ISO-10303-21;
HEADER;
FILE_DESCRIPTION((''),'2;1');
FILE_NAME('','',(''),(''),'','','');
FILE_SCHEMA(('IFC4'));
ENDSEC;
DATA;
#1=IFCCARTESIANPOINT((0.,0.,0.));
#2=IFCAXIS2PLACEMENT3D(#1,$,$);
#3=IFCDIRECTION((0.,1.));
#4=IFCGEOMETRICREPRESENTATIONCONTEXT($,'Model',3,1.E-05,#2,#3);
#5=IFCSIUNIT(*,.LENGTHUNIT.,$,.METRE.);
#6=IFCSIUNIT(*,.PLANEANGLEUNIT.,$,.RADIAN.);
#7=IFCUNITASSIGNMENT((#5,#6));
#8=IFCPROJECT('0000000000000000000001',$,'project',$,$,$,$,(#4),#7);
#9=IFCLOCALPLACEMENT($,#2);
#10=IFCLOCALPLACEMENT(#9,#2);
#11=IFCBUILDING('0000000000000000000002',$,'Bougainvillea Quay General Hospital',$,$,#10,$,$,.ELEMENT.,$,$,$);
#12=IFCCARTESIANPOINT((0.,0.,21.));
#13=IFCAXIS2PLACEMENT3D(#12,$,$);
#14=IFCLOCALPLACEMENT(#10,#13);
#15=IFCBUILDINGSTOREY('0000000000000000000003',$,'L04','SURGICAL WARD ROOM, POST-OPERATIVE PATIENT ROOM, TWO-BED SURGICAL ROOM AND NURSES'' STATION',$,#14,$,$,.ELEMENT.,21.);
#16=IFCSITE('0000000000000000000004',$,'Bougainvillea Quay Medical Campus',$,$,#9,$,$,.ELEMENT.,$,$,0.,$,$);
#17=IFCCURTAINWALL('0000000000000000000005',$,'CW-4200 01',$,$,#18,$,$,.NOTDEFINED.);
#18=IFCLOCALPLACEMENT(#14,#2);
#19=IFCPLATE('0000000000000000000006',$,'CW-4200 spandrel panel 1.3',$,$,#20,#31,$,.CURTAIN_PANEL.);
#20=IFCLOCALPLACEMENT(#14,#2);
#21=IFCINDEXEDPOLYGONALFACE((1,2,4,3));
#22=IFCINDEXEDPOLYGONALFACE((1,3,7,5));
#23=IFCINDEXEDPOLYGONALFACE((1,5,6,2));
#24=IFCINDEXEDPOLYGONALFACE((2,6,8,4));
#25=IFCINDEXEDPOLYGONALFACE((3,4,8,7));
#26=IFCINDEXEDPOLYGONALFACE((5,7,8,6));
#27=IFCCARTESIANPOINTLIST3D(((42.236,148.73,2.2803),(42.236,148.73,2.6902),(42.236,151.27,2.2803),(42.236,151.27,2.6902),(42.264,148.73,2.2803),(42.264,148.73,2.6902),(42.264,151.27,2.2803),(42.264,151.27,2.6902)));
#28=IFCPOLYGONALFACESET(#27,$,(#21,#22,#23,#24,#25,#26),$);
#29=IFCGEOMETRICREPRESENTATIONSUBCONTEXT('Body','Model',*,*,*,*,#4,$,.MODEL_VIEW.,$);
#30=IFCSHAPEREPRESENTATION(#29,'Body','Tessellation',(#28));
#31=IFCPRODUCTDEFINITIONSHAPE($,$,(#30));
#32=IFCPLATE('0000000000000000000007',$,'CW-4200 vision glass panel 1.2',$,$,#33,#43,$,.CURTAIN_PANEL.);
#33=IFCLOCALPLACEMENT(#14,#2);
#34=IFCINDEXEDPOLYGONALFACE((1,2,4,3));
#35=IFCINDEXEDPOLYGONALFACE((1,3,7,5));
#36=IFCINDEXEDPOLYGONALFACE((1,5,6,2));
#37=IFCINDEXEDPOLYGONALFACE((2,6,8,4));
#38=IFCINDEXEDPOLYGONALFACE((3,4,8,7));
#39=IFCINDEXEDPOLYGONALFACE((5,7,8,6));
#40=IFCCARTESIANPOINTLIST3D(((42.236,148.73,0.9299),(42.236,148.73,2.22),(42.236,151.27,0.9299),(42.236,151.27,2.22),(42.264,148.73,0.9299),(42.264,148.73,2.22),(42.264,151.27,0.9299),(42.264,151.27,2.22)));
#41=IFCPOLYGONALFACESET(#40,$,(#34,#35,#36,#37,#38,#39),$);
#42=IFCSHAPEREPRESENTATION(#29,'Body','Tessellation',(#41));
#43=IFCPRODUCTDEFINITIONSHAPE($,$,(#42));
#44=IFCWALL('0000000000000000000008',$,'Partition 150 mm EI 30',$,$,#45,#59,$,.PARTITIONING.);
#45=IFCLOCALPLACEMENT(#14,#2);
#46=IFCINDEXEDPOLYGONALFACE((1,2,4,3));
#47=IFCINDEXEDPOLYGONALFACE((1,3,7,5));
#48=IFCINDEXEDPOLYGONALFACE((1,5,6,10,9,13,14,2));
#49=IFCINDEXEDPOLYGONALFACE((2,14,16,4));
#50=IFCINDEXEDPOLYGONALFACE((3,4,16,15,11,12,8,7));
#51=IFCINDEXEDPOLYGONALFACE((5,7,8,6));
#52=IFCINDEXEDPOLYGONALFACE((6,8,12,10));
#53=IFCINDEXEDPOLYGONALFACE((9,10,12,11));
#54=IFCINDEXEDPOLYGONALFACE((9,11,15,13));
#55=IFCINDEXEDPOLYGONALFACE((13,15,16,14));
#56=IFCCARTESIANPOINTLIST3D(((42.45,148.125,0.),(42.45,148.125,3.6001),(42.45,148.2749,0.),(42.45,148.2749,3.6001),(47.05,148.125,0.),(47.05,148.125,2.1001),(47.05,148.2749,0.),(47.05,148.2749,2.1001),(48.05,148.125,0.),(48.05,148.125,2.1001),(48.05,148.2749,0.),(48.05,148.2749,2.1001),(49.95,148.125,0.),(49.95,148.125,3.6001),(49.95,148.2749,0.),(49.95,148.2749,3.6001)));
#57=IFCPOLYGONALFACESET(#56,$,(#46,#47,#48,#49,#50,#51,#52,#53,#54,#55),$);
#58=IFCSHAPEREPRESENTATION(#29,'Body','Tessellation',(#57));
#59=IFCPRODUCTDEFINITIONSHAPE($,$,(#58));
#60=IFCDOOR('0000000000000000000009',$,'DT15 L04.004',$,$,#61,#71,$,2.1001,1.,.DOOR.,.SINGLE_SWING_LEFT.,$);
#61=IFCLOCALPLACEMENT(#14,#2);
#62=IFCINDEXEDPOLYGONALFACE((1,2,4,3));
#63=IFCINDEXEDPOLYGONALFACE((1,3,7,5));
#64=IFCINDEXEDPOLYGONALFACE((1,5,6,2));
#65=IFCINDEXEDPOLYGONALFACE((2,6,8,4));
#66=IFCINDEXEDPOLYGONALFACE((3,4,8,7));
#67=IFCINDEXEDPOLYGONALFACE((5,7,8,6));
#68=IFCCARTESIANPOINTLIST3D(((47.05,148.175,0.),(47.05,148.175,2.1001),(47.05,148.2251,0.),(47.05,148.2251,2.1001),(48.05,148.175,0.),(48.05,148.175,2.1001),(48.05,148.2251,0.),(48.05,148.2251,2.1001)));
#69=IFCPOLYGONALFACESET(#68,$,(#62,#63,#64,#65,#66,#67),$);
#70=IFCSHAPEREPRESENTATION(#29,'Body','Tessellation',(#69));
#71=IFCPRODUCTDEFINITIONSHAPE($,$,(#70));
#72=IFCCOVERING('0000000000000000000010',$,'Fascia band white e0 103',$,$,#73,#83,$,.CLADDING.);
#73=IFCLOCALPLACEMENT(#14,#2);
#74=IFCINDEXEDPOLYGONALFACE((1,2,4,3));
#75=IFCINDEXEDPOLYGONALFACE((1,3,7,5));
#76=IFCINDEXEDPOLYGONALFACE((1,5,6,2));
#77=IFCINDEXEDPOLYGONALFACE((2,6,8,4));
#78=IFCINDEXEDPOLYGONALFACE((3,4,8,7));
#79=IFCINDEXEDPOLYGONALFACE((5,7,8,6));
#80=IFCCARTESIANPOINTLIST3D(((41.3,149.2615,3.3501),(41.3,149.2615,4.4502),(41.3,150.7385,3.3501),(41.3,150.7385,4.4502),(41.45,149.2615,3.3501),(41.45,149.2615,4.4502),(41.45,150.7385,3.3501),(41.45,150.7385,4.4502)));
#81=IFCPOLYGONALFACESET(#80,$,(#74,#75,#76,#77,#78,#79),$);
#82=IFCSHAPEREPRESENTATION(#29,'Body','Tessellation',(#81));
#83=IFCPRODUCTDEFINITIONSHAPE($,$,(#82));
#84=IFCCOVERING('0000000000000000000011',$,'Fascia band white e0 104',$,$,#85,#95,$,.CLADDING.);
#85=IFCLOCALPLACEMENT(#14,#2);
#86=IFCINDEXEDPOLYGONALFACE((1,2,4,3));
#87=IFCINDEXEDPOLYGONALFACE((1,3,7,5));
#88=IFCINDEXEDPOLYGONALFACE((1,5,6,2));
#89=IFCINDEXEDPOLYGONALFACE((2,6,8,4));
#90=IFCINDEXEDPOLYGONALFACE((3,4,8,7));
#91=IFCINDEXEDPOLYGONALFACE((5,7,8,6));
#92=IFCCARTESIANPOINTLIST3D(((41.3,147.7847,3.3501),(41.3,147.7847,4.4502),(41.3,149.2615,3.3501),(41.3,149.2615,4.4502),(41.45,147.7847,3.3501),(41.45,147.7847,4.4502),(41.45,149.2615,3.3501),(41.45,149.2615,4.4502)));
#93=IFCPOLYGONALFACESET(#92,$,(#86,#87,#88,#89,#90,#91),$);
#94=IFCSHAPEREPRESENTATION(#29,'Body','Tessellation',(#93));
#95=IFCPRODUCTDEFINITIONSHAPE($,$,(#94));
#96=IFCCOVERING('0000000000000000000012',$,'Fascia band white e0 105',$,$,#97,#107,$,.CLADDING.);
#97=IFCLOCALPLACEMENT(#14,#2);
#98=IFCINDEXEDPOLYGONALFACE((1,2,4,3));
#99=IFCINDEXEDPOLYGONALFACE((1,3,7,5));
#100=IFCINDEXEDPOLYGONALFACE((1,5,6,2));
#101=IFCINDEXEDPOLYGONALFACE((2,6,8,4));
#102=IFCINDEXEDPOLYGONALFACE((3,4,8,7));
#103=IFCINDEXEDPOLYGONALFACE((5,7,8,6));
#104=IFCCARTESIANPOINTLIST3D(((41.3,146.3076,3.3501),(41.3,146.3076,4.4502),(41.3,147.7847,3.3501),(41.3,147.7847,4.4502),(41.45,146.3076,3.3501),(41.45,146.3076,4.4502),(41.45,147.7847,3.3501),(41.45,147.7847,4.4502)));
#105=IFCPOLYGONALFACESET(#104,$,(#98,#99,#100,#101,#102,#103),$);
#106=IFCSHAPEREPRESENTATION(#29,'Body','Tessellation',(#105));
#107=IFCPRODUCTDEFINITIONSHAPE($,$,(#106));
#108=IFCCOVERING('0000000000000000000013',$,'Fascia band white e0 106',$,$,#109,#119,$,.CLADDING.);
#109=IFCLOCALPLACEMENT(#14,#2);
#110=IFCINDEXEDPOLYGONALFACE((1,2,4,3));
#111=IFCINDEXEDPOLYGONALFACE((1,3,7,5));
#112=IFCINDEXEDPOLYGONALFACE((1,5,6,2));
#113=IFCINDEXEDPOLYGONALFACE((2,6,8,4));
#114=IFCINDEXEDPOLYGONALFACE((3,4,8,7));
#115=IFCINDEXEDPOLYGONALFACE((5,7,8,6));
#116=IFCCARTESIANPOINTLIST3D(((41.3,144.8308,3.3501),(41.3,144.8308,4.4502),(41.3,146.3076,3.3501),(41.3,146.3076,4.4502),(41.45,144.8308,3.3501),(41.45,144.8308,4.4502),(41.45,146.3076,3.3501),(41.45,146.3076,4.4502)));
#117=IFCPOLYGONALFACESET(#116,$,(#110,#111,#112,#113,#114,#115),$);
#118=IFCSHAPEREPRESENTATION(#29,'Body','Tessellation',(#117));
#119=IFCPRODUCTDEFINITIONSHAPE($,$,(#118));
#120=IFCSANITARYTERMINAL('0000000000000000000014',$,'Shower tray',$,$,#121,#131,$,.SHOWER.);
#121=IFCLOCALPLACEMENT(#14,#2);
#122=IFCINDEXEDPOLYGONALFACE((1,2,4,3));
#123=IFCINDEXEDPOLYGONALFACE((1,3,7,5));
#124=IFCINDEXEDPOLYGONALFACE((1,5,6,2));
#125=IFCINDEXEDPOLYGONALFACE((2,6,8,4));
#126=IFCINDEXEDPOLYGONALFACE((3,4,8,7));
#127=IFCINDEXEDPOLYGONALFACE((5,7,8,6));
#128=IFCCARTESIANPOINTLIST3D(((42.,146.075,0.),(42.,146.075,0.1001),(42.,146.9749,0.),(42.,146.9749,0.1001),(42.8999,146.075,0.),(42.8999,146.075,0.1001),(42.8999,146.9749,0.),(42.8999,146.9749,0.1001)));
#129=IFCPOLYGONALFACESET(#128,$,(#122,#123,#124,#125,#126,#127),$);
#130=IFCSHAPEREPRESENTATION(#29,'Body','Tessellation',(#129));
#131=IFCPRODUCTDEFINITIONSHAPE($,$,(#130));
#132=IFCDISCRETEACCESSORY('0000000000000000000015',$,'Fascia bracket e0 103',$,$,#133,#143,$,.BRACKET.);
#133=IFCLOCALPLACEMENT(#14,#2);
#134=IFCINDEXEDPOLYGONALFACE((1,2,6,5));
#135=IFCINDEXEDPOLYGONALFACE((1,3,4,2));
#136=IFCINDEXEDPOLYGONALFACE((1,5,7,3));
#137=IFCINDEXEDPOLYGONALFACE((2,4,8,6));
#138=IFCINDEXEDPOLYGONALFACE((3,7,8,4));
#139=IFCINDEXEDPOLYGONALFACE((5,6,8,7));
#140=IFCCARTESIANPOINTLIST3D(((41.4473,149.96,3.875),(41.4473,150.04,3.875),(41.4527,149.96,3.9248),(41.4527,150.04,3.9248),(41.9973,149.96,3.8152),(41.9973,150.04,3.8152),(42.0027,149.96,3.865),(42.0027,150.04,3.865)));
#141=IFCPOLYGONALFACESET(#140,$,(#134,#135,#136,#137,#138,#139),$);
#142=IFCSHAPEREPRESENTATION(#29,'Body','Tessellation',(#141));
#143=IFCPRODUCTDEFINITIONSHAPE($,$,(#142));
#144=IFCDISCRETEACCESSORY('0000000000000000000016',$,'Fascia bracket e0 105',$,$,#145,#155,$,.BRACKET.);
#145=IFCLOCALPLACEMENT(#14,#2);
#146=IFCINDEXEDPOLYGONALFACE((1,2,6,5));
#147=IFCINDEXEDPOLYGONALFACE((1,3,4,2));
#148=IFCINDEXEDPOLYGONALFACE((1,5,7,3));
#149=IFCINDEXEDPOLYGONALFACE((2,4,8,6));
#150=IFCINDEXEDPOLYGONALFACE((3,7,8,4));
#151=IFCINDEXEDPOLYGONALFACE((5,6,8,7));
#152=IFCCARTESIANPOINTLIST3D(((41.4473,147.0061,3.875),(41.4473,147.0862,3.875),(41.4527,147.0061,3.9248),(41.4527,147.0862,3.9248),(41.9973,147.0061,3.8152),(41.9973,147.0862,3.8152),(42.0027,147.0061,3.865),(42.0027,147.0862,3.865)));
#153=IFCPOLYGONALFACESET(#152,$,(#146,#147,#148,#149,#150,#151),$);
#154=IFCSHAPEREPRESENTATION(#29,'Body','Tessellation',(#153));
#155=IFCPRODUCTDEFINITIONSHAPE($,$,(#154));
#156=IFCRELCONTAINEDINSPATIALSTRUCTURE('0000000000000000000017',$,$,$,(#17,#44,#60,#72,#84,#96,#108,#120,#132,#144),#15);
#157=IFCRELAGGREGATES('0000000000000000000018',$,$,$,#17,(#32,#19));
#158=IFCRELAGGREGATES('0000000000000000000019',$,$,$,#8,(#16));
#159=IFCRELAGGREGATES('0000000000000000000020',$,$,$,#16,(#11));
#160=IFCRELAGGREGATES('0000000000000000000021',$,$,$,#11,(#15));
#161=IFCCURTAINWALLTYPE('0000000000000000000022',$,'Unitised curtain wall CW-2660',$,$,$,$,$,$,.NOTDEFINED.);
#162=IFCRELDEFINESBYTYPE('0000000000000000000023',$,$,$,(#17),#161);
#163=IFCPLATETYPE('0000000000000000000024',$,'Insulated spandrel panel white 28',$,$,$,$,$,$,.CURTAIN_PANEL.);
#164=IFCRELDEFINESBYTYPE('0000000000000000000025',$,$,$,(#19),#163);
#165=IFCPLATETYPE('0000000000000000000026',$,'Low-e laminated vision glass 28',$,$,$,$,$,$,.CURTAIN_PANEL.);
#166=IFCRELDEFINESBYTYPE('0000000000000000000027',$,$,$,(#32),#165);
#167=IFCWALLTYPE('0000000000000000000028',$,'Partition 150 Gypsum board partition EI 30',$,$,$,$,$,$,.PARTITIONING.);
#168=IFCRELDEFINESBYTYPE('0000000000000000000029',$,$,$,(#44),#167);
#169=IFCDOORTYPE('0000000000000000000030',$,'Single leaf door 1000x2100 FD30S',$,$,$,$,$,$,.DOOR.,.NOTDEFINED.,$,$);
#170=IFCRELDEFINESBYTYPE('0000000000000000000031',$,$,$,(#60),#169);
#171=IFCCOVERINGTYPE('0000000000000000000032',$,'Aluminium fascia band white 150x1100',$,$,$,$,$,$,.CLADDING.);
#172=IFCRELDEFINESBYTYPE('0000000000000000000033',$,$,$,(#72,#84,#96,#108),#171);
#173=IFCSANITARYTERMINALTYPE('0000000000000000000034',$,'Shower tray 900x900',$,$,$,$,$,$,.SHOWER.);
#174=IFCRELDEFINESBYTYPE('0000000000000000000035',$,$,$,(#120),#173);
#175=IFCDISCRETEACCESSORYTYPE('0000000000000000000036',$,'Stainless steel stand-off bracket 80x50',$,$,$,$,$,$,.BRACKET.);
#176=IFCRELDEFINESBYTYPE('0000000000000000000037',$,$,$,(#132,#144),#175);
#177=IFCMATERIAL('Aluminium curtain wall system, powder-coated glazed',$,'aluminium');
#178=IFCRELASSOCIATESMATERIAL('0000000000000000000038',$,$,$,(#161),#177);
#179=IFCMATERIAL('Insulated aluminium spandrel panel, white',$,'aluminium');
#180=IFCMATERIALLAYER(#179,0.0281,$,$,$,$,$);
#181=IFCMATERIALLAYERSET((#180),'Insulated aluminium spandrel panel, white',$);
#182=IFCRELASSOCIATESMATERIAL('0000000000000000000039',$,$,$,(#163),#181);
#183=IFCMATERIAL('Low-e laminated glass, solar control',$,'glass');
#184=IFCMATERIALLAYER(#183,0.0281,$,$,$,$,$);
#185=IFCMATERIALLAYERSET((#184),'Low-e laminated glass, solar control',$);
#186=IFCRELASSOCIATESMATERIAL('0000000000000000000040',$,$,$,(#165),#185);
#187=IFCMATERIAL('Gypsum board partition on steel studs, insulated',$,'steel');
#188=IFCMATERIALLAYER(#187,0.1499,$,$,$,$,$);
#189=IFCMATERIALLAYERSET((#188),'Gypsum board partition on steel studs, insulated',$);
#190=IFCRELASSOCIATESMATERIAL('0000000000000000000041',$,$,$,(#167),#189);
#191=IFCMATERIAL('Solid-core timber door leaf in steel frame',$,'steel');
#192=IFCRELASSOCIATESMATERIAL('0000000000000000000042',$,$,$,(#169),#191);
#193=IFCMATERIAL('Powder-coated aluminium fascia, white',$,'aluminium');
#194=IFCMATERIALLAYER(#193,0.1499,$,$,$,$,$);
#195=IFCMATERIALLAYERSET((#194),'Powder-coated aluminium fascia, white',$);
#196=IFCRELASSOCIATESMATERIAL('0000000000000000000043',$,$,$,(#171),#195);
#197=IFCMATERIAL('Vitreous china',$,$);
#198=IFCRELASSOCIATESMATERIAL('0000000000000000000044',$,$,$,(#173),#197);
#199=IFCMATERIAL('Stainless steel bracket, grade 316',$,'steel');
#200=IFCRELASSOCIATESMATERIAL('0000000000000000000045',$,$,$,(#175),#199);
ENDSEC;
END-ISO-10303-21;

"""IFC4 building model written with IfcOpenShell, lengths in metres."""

from ifc_helpers import new_model, si_unit, direction, frame, frame_2d, origin, origin_2d, place, context, subcontext, project, spatial, polyline, rectangle, outline, extrude, material, layer, layer_set, material_profile, profile_set, type_object, element, fill, aggregate, save


model = new_model("IFC4")

# Units and contexts
model_context = context("Model", 3, precision=1e-05, world=origin(), true_north=direction((0.0, 1.0)))
body_context = subcontext(model_context, "Body", "Model", "MODEL_VIEW")
ifc_project = project(units=[si_unit("LENGTHUNIT", "METRE"), si_unit("PLANEANGLEUNIT", "RADIAN")], contexts=[model_context])

# Site, building, storey
site_placement = place(None, origin())
site = spatial("IfcSite", under=ifc_project, at=site_placement, Name="Bougainvillea Quay Medical Campus", CompositionType="ELEMENT", RefElevation=0.0)
building_placement = place(site_placement, origin())
building = spatial("IfcBuilding", under=site, at=building_placement, Name="Bougainvillea Quay General Hospital", CompositionType="ELEMENT")
storey_placement = place(building_placement, frame((0.0, 0.0, 21.0)))
storey = spatial("IfcBuildingStorey", under=building, at=storey_placement, Name="L04", Description="SURGICAL WARD ROOM, POST-OPERATIVE PATIENT ROOM, TWO-BED SURGICAL ROOM AND NURSES' STATION", CompositionType="ELEMENT", Elevation=21.0)

# Curtain wall
ifc_material_1 = material(Name="Aluminium curtain wall system, powder-coated glazed", Category="aluminium")
curtain_wall_type_1 = type_object("IfcCurtainWallType", Name="Unitised curtain wall CW-2660", PredefinedType="NOTDEFINED", material=ifc_material_1)
curtain_wall_1_placement = place(storey_placement, origin())
curtain_wall_1 = element("IfcCurtainWall", 1, at=curtain_wall_1_placement, inside=storey, type_object=curtain_wall_type_1, Name="CW-4200 01", PredefinedType="NOTDEFINED")

# Plates
ifc_material_2 = material(Name="Insulated aluminium spandrel panel, white", Category="aluminium")
ifc_layer_1 = layer(ifc_material_2, 0.0281)
ifc_layer_set_1 = layer_set([ifc_layer_1], Name="Insulated aluminium spandrel panel, white")
plate_type_1 = type_object("IfcPlateType", Name="Insulated spandrel panel white 28", PredefinedType="CURTAIN_PANEL", material=ifc_layer_set_1)
plate_1_placement = place(storey_placement, frame((42.25, 150.0, 2.2803), z_axis=(0.0, 0.0, 1.0), x_axis=(0.0, -1.0, 0.0)))
plate_1 = element("IfcPlate", 2, at=plate_1_placement, type_object=plate_type_1, Name="CW-4200 spandrel panel 1.3", PredefinedType="CURTAIN_PANEL", context=body_context, shape_type="SweptSolid", body=[
    extrude(rectangle(XDim=2.54, YDim=0.0281, at=origin_2d()), origin(), (0.0, 0.0, 1.0), 0.4099),
])
ifc_material_3 = material(Name="Low-e laminated glass, solar control", Category="glass")
ifc_layer_2 = layer(ifc_material_3, 0.0281)
ifc_layer_set_2 = layer_set([ifc_layer_2], Name="Low-e laminated glass, solar control")
plate_type_2 = type_object("IfcPlateType", Name="Low-e laminated vision glass 28", PredefinedType="CURTAIN_PANEL", material=ifc_layer_set_2)
plate_2_placement = place(storey_placement, frame((42.25, 150.0, 0.9299), z_axis=(0.0, 0.0, 1.0), x_axis=(0.0, -1.0, 0.0)))
plate_2 = element("IfcPlate", 3, at=plate_2_placement, type_object=plate_type_2, Name="CW-4200 vision glass panel 1.2", PredefinedType="CURTAIN_PANEL", context=body_context, shape_type="SweptSolid", body=[
    extrude(rectangle(XDim=2.54, YDim=0.0281, at=origin_2d()), origin(), (0.0, 0.0, 1.0), 1.29),
])
aggregate(curtain_wall_1, [plate_2, plate_1])

# Wall, opening, door
ifc_material_4 = material(Name="Gypsum board partition on steel studs, insulated", Category="steel")
ifc_layer_3 = layer(ifc_material_4, 0.1499)
ifc_layer_set_3 = layer_set([ifc_layer_3], Name="Gypsum board partition on steel studs, insulated")
wall_type = type_object("IfcWallType", Name="Partition 150 Gypsum board partition EI 30", PredefinedType="PARTITIONING", material=ifc_layer_set_3)
wall_placement = place(storey_placement, frame((49.95, 148.2, 0.0), z_axis=(0.0, 0.0, 1.0), x_axis=(-1.0, 0.0, 0.0)))
wall = element("IfcWall", 4, at=wall_placement, inside=storey, type_object=wall_type, Name="Partition 150 mm EI 30", PredefinedType="PARTITIONING", context=body_context, shape_type="SweptSolid", body=[
    extrude(rectangle(XDim=7.5, YDim=0.1499, at=frame_2d((3.75, 0.0))), origin(), (0.0, 0.0, 1.0), 3.6001),
])
opening_placement = place(wall_placement, frame((1.8999, 0.0, 0.0)))
opening = element("IfcOpeningElement", 5, at=opening_placement, cuts=wall, PredefinedType="OPENING", context=body_context, shape_type="SweptSolid", body=[
    extrude(rectangle(XDim=1.0, YDim=2.1001, at=frame_2d((0.5, 1.05))), frame((0.0, 0.085, 0.0), z_axis=(0.0, -1.0, 0.0), x_axis=(1.0, 0.0, 0.0)), (0.0, 0.0, 1.0), 0.1699),
])
ifc_material_5 = material(Name="Solid-core timber door leaf in steel frame", Category="steel")
door_type = type_object("IfcDoorType", Name="Single leaf door 1000x2100 FD30S", OperationType="NOTDEFINED", PredefinedType="DOOR", material=ifc_material_5)
door_placement = place(opening_placement, origin())
door = element("IfcDoor", 6, at=door_placement, inside=storey, type_object=door_type, Name="DT15 L04.004", OperationType="SINGLE_SWING_LEFT", OverallHeight=2.1001, OverallWidth=1.0, PredefinedType="DOOR", context=body_context, shape_type="SweptSolid", body=[
    extrude(rectangle(XDim=1.0, YDim=2.1001, at=frame_2d((0.5, 1.05))), frame((0.0, 0.0249, 0.0), z_axis=(0.0, -1.0, 0.0), x_axis=(1.0, 0.0, 0.0)), (0.0, 0.0, 1.0), 0.05),
])
fill(opening, door)

# Coverings
ifc_material_6 = material(Name="Powder-coated aluminium fascia, white", Category="aluminium")
ifc_layer_4 = layer(ifc_material_6, 0.1499)
ifc_layer_set_4 = layer_set([ifc_layer_4], Name="Powder-coated aluminium fascia, white")
covering_type = type_object("IfcCoveringType", Name="Aluminium fascia band white 150x1100", PredefinedType="CLADDING", material=ifc_layer_set_4)
covering_1_placement = place(storey_placement, frame((41.45, 150.7385, 3.3501), z_axis=(0.0, 0.0, 1.0), x_axis=(0.0, -1.0, 0.0)))
element("IfcCovering", 7, at=covering_1_placement, inside=storey, type_object=covering_type, Name="Fascia band white e0 103", PredefinedType="CLADDING", context=body_context, shape_type="SweptSolid", body=[
    extrude(outline(polyline([(0.0, 0.0), (1.4771, 0.0), (1.4771, -0.1499), (0.0, -0.1499), (0.0, 0.0)])), origin(), (0.0, 0.0, 1.0), 1.1001),
])
covering_2_placement = place(storey_placement, frame((41.45, 149.2615, 3.3501), z_axis=(0.0, 0.0, 1.0), x_axis=(0.0, -1.0, 0.0)))
element("IfcCovering", 8, at=covering_2_placement, inside=storey, type_object=covering_type, Name="Fascia band white e0 104", PredefinedType="CLADDING", context=body_context, shape_type="SweptSolid", body=[
    extrude(outline(polyline([(0.0, 0.0), (1.4768, 0.0), (1.4768, -0.1499), (0.0, -0.1499), (0.0, 0.0)])), origin(), (0.0, 0.0, 1.0), 1.1001),
])
covering_3_placement = place(storey_placement, frame((41.45, 147.7847, 3.3501), z_axis=(0.0, 0.0, 1.0), x_axis=(0.0, -1.0, 0.0)))
element("IfcCovering", 9, at=covering_3_placement, inside=storey, type_object=covering_type, Name="Fascia band white e0 105", PredefinedType="CLADDING", context=body_context, shape_type="SweptSolid", body=[
    extrude(outline(polyline([(0.0, 0.0), (1.4771, 0.0), (1.4771, -0.1499), (0.0, -0.1499), (0.0, 0.0)])), origin(), (0.0, 0.0, 1.0), 1.1001),
])
covering_4_placement = place(storey_placement, frame((41.45, 146.3076, 3.3501), z_axis=(0.0, 0.0, 1.0), x_axis=(0.0, -1.0, 0.0)))
element("IfcCovering", 10, at=covering_4_placement, inside=storey, type_object=covering_type, Name="Fascia band white e0 106", PredefinedType="CLADDING", context=body_context, shape_type="SweptSolid", body=[
    extrude(outline(polyline([(0.0, 0.0), (1.4768, 0.0), (1.4768, -0.1499), (0.0, -0.1499), (0.0, 0.0)])), origin(), (0.0, 0.0, 1.0), 1.1001),
])

# Sanitary terminal
ifc_material_7 = material(Name="Vitreous china")
sanitary_terminal_type = type_object("IfcSanitaryTerminalType", Name="Shower tray 900x900", PredefinedType="SHOWER", material=ifc_material_7)
sanitary_terminal_placement = place(storey_placement, frame((42.45, 146.5249, 0.0), z_axis=(0.0, 0.0, 1.0), x_axis=(0.0, 1.0, 0.0)))
element("IfcSanitaryTerminal", 11, at=sanitary_terminal_placement, inside=storey, type_object=sanitary_terminal_type, Name="Shower tray", PredefinedType="SHOWER", context=body_context, shape_type="SweptSolid", body=[
    extrude(rectangle(XDim=0.8999, YDim=0.8999, at=origin_2d()), origin(), (0.0, 0.0, 1.0), 0.1001),
])

# Discrete accessories
ifc_material_8 = material(Name="Stainless steel bracket, grade 316", Category="steel")
ifc_material_profile_1 = material_profile(ifc_material_8, rectangle(XDim=0.0801, YDim=0.05, at=origin_2d()))
ifc_profile_set_1 = profile_set([ifc_material_profile_1], Name="Stainless steel bracket, grade 316")
discrete_accessory_type = type_object("IfcDiscreteAccessoryType", Name="Stainless steel stand-off bracket 80x50", PredefinedType="BRACKET", material=ifc_profile_set_1)
for number, where, z_axis, x_axis, name in (
    (12, (42.0, 150.0, 3.8401), (-0.994139, 0.0, 0.108107), (0.0, -1.0, 0.0), "Fascia bracket e0 103"),
    (13, (42.0, 147.0461, 3.8401), (-0.994139, 0.0, 0.108107), (0.0, -1.0, 0.0), "Fascia bracket e0 105"),
):
    element("IfcDiscreteAccessory", number, at=place(storey_placement, frame(where, z_axis=z_axis, x_axis=x_axis)), inside=storey, type_object=discrete_accessory_type, Name=name, PredefinedType="BRACKET", context=body_context, shape_type="SweptSolid", body=[
        extrude(rectangle(XDim=0.0801, YDim=0.05, at=origin_2d()), origin(), (0.0, 0.0, 1.0), 0.5532),
    ])

save(model, "model.ifc")
